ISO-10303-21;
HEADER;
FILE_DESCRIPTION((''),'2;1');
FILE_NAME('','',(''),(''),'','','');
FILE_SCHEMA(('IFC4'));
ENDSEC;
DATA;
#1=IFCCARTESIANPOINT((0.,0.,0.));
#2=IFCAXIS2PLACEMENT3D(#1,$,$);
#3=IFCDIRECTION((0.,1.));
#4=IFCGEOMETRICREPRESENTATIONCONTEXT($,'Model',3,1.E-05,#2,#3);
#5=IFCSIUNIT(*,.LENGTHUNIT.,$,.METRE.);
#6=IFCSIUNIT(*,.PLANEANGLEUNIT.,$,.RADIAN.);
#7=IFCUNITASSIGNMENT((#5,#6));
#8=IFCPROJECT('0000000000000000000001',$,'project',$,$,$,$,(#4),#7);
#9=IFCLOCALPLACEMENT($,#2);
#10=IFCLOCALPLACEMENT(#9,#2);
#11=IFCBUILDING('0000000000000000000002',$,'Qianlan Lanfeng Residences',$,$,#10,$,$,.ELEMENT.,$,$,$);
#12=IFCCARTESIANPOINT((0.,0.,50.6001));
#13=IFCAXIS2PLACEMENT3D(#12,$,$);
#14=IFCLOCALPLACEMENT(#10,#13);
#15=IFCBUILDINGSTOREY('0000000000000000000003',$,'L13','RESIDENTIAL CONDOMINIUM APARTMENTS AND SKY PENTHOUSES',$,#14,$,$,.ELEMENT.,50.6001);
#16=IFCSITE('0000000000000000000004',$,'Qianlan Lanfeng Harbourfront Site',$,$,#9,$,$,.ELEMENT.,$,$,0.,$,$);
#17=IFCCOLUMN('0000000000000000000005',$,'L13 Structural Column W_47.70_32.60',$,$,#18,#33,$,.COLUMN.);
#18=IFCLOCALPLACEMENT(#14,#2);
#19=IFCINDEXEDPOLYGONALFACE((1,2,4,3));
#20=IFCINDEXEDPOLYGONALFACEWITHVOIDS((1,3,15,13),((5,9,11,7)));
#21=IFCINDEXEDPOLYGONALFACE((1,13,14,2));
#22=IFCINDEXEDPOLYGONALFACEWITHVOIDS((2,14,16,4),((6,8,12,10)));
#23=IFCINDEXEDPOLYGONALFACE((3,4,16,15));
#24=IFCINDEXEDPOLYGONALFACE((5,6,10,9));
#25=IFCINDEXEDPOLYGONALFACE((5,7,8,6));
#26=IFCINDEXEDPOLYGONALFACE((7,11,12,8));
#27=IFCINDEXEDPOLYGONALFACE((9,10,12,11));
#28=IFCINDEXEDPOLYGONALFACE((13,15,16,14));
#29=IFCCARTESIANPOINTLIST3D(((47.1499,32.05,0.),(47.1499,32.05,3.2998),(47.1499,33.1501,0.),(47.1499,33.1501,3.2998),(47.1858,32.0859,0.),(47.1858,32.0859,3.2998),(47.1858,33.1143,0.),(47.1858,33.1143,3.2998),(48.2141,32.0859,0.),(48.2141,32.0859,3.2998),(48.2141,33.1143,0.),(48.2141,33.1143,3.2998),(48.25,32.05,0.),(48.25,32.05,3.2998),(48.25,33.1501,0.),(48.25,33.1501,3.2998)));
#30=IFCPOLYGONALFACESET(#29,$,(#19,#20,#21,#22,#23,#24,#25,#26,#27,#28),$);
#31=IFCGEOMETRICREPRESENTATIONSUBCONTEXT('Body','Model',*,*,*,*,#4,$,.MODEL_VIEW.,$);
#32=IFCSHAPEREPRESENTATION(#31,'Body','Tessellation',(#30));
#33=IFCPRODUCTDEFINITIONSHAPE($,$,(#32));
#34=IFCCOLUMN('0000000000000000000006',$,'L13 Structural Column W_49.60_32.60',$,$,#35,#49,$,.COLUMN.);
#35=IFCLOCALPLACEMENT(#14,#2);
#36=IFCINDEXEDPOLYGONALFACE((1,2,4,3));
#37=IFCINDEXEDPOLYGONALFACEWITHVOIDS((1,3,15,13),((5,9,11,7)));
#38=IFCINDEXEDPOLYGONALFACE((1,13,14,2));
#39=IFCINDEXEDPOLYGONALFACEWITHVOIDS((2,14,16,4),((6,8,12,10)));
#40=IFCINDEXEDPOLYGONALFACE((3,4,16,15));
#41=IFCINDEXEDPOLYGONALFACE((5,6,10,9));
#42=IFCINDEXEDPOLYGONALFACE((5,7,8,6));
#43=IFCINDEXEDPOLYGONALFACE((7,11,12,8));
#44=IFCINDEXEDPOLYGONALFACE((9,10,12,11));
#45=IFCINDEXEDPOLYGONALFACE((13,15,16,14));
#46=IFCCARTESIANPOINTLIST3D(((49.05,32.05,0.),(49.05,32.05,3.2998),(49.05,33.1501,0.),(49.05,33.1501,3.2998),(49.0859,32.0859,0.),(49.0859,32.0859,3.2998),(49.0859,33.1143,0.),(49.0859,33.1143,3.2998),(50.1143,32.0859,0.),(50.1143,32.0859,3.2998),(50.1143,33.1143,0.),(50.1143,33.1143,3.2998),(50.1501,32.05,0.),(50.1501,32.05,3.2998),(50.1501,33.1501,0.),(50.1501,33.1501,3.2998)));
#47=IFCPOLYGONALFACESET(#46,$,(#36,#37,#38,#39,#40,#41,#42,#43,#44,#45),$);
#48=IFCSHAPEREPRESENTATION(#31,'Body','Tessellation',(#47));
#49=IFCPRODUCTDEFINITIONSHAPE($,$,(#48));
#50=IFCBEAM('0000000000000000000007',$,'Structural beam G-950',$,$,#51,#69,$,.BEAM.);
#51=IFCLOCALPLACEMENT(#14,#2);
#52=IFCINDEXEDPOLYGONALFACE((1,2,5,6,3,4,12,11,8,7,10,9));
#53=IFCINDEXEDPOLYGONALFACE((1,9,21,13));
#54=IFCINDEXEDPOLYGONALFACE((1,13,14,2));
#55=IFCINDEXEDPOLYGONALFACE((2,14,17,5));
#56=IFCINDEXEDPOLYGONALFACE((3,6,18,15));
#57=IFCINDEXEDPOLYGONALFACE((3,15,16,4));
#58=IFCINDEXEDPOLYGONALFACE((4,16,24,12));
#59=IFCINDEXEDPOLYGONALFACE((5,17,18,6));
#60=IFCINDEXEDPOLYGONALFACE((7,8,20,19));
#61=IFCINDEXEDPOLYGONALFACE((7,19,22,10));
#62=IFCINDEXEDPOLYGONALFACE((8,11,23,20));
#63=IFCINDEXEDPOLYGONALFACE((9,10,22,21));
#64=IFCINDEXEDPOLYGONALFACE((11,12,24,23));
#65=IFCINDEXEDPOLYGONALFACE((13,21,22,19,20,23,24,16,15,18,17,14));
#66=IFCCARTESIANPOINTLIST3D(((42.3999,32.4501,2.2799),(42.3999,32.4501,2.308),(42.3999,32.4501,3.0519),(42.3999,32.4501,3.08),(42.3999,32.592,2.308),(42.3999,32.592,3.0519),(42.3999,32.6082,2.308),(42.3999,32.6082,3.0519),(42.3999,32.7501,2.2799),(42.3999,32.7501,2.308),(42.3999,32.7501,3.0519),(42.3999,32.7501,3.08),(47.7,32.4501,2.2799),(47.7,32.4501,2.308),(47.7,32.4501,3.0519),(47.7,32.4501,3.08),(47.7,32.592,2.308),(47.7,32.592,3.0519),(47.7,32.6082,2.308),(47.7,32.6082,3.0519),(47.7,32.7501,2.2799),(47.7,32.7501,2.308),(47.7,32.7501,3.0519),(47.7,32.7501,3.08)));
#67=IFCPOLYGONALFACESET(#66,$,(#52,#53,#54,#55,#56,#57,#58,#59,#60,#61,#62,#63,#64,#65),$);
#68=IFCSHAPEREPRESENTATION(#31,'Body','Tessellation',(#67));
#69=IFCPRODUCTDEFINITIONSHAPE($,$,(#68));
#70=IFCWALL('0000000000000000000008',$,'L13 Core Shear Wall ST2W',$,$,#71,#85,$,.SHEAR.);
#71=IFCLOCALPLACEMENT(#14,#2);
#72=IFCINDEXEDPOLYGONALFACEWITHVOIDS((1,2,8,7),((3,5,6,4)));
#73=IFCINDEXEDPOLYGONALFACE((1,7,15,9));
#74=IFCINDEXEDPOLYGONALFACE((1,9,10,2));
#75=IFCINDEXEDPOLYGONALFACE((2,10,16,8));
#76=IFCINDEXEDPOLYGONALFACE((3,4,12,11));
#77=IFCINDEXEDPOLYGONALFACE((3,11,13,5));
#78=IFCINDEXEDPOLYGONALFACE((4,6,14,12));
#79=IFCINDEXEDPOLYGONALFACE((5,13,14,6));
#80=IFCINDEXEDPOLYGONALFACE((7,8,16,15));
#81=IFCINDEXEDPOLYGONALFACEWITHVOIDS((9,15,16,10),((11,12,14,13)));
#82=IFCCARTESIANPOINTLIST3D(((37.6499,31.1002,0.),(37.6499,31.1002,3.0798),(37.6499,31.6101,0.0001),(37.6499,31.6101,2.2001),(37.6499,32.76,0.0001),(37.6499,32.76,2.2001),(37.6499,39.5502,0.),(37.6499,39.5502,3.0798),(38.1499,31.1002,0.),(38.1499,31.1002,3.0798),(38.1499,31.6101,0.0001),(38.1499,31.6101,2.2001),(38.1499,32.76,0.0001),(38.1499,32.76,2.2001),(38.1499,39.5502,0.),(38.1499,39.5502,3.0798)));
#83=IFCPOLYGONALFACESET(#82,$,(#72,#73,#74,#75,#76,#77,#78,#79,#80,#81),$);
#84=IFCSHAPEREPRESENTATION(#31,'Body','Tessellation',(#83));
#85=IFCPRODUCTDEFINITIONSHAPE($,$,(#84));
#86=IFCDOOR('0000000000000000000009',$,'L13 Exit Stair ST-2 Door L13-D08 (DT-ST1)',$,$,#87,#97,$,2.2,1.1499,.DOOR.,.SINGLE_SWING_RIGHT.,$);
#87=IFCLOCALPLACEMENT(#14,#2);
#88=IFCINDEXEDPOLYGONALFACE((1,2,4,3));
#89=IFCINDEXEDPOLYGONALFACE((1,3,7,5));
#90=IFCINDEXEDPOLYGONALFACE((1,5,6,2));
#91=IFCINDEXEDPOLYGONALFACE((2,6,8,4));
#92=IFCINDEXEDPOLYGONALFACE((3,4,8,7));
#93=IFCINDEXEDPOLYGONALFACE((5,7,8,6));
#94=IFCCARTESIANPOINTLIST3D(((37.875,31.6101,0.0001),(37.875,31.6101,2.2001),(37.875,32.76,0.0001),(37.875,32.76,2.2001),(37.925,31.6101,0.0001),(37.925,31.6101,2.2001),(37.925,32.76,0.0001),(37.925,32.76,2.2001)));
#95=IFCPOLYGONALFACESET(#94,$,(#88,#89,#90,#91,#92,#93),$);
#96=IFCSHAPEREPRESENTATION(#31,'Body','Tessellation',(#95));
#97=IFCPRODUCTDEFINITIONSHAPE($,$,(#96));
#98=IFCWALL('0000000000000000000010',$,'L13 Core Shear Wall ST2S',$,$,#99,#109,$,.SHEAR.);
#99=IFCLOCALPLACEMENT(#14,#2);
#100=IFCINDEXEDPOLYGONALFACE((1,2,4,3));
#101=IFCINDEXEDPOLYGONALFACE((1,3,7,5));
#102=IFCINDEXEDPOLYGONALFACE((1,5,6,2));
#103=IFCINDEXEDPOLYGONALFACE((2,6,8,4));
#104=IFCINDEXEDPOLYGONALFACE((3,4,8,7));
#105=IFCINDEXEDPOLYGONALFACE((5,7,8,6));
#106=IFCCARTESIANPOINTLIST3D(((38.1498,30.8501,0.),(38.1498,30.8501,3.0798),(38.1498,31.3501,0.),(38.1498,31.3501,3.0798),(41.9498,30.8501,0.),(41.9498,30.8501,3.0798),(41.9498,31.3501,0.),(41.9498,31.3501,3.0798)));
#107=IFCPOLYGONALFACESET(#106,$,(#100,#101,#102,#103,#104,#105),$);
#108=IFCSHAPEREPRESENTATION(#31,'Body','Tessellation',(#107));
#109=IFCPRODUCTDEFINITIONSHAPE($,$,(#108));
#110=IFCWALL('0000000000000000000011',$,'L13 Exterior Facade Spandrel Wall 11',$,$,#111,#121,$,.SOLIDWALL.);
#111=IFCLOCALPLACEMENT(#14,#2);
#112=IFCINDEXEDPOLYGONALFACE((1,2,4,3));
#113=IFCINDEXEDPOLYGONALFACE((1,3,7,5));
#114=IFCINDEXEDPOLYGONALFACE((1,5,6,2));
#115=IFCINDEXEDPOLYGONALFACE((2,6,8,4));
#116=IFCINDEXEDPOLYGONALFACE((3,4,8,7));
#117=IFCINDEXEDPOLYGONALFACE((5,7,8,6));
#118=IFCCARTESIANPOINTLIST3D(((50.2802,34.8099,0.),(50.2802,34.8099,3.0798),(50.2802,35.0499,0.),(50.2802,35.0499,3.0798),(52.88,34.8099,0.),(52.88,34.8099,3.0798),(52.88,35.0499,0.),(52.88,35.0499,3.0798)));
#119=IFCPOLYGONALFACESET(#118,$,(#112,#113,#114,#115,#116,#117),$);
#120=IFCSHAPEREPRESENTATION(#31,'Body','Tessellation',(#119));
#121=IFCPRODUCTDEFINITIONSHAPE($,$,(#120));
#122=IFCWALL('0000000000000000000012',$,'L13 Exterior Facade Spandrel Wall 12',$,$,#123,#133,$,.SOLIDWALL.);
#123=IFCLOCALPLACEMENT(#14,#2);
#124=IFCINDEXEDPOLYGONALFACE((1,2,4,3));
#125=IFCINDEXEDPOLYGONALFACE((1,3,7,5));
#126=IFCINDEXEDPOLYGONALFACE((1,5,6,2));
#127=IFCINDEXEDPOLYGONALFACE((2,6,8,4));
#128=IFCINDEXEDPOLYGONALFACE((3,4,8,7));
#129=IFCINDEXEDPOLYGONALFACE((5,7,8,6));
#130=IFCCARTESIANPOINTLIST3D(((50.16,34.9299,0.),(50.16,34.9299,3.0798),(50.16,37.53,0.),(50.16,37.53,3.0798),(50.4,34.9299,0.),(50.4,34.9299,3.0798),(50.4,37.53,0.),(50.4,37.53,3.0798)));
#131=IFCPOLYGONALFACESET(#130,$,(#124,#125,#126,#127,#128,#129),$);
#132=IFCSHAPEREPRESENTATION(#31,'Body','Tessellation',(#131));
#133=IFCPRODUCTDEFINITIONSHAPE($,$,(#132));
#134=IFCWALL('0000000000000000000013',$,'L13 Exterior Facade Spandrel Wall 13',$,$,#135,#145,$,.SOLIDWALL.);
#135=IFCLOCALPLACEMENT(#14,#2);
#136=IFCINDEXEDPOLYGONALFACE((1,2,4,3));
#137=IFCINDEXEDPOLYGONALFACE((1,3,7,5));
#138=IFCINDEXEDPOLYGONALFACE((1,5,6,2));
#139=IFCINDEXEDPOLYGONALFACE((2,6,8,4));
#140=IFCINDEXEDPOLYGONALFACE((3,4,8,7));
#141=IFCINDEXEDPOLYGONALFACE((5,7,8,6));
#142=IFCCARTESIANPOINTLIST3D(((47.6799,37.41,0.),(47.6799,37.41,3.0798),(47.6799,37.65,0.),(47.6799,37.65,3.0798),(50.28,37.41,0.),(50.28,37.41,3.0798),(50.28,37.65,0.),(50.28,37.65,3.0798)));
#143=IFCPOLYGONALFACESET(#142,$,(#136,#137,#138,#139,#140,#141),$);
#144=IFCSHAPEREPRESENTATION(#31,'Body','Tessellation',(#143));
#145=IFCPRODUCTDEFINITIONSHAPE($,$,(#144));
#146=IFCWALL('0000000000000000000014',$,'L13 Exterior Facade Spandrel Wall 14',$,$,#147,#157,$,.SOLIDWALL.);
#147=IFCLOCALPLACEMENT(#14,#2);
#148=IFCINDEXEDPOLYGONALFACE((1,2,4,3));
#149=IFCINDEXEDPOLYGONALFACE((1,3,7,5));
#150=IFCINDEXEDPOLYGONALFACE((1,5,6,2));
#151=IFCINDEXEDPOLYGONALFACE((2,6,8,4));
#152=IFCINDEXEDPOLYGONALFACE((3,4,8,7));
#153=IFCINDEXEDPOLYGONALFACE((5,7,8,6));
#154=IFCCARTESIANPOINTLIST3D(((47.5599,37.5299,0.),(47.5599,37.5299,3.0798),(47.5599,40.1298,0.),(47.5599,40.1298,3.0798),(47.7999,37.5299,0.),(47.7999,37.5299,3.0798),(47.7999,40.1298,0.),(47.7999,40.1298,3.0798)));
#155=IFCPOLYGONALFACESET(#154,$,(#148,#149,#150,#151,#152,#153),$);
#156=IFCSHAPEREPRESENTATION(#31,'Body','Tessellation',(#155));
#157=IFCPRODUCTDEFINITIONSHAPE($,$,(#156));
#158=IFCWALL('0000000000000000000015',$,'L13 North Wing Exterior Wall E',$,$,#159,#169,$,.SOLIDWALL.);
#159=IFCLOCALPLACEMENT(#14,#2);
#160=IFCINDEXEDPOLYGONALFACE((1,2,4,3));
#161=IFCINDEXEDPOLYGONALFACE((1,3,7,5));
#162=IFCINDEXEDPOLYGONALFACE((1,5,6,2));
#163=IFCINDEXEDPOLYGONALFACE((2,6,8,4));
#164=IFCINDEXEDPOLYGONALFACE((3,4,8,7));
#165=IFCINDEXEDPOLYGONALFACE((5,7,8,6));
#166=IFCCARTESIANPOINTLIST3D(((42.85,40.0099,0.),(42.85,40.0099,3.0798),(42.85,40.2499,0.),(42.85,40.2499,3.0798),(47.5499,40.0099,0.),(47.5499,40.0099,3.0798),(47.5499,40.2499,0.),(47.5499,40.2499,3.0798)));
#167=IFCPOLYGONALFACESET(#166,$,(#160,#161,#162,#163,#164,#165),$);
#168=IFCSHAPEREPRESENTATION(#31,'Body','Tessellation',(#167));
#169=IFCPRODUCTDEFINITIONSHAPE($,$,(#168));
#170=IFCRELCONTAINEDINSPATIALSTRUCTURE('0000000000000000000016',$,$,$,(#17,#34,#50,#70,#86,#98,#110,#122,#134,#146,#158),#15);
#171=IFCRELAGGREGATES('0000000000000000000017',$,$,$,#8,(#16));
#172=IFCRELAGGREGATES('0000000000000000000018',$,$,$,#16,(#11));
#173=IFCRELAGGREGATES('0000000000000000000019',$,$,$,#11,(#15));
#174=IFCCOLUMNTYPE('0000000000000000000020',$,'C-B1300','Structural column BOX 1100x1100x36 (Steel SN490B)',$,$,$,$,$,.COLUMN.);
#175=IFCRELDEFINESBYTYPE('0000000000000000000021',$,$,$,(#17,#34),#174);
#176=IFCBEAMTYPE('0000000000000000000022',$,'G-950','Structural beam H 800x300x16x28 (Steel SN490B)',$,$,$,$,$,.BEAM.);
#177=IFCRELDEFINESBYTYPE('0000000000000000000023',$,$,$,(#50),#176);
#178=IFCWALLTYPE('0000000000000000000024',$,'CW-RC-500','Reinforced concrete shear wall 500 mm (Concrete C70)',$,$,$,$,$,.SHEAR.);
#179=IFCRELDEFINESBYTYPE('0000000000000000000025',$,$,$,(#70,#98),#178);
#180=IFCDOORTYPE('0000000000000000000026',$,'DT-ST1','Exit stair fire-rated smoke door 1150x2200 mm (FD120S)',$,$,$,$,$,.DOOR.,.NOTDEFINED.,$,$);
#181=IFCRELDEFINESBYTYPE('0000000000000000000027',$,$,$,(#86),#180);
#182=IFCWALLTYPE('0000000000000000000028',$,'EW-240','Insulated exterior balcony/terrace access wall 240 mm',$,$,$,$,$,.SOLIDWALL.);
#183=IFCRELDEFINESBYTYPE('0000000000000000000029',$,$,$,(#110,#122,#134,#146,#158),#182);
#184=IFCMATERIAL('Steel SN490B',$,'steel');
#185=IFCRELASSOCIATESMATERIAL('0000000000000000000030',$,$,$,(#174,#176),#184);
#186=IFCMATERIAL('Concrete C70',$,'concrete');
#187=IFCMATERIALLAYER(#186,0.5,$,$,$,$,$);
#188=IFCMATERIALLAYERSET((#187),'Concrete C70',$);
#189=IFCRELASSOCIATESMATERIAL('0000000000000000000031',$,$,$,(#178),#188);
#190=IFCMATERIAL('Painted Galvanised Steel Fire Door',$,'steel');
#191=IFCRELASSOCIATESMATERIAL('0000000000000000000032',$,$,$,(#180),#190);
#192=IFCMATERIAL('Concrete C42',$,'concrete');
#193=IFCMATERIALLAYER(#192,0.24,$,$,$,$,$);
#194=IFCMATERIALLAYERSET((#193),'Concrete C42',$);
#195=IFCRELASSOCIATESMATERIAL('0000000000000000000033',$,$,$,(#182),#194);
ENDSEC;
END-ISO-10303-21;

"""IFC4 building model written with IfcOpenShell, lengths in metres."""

from ifc_helpers import new_model, si_unit, direction, frame, frame_2d, origin, origin_2d, place, context, subcontext, project, spatial, rectangle, hollow_rectangle, i_section, extrude, material, layer, layer_set, material_profile, profile_set, type_object, element, fill, save


model = new_model("IFC4")

# Units and contexts
model_context = context("Model", 3, precision=1e-05, world=origin(), true_north=direction((0.0, 1.0)))
body_context = subcontext(model_context, "Body", "Model", "MODEL_VIEW")
ifc_project = project(units=[si_unit("LENGTHUNIT", "METRE"), si_unit("PLANEANGLEUNIT", "RADIAN")], contexts=[model_context])

# Site, building, storey
site_placement = place(None, origin())
site = spatial("IfcSite", under=ifc_project, at=site_placement, Name="Qianlan Lanfeng Harbourfront Site", CompositionType="ELEMENT", RefElevation=0.0)
building_placement = place(site_placement, origin())
building = spatial("IfcBuilding", under=site, at=building_placement, Name="Qianlan Lanfeng Residences", CompositionType="ELEMENT")
storey_placement = place(building_placement, frame((0.0, 0.0, 50.6001)))
storey = spatial("IfcBuildingStorey", under=building, at=storey_placement, Name="L13", Description="RESIDENTIAL CONDOMINIUM APARTMENTS AND SKY PENTHOUSES", CompositionType="ELEMENT", Elevation=50.6001)

# Columns
ifc_material_1 = material(Name="Steel SN490B", Category="steel")
ifc_material_profile_1 = material_profile(ifc_material_1, hollow_rectangle(XDim=1.1001, YDim=1.1001, WallThickness=0.0359, at=origin_2d()), Name="BOX 1100x1100x36")
ifc_profile_set_1 = profile_set([ifc_material_profile_1], Name="Steel SN490B")
column_type = type_object("IfcColumnType", Name="C-B1300", Description="Structural column BOX 1100x1100x36 (Steel SN490B)", PredefinedType="COLUMN", material=ifc_profile_set_1)
for number, where, z_axis, x_axis, name in (
    (1, (47.7, 32.6001, 0.0), (0.0, 0.0, 1.0), (1.0, 0.0, 0.0), "L13 Structural Column W_47.70_32.60"),
    (2, (49.6001, 32.6001, 0.0), (0.0, 0.0, 1.0), (1.0, 0.0, 0.0), "L13 Structural Column W_49.60_32.60"),
):
    element("IfcColumn", number, at=place(storey_placement, frame(where, z_axis=z_axis, x_axis=x_axis)), inside=storey, type_object=column_type, Name=name, PredefinedType="COLUMN", context=body_context, shape_type="SweptSolid", body=[
        extrude(hollow_rectangle(XDim=1.1001, YDim=1.1001, WallThickness=0.0359, at=origin_2d()), origin(), (0.0, 0.0, 1.0), 3.2998),
    ])

# Beam
ifc_material_profile_2 = material_profile(ifc_material_1, i_section(OverallWidth=0.3, OverallDepth=0.8, WebThickness=0.0161, FlangeThickness=0.0281, at=origin_2d()), Name="H 800x300x16x28")
ifc_profile_set_2 = profile_set([ifc_material_profile_2], Name="Steel SN490B")
beam_type = type_object("IfcBeamType", Name="G-950", Description="Structural beam H 800x300x16x28 (Steel SN490B)", PredefinedType="BEAM", material=ifc_profile_set_2)
beam_placement = place(storey_placement, frame((42.3999, 32.6001, 2.6799), z_axis=(1.0, 0.0, 0.0), x_axis=(0.0, 1.0, 0.0)))
element("IfcBeam", 3, at=beam_placement, inside=storey, type_object=beam_type, Name="Structural beam G-950", PredefinedType="BEAM", context=body_context, shape_type="SweptSolid", body=[
    extrude(i_section(OverallWidth=0.3, OverallDepth=0.8, WebThickness=0.0161, FlangeThickness=0.0281, at=origin_2d()), origin(), (0.0, 0.0, 1.0), 5.3),
])

# Wall, opening, door
ifc_material_2 = material(Name="Concrete C70", Category="concrete")
ifc_layer_1 = layer(ifc_material_2, 0.5)
ifc_layer_set_1 = layer_set([ifc_layer_1], Name="Concrete C70")
wall_type_1 = type_object("IfcWallType", Name="CW-RC-500", Description="Reinforced concrete shear wall 500 mm (Concrete C70)", PredefinedType="SHEAR", material=ifc_layer_set_1)
wall_1_placement = place(storey_placement, frame((37.8999, 31.1001, 0.0), z_axis=(0.0, 0.0, 1.0), x_axis=(0.0, 1.0, 0.0)))
wall_1 = element("IfcWall", 4, at=wall_1_placement, inside=storey, type_object=wall_type_1, Name="L13 Core Shear Wall ST2W", PredefinedType="SHEAR", context=body_context, shape_type="SweptSolid", body=[
    extrude(rectangle(XDim=8.45, YDim=0.5, at=frame_2d((4.2251, 0.0))), origin(), (0.0, 0.0, 1.0), 3.0798),
])
opening_1_placement = place(wall_1_placement, frame((0.51, 0.0, 0.0)))
opening_1 = element("IfcOpeningElement", 5, at=opening_1_placement, cuts=wall_1, PredefinedType="OPENING", context=body_context, shape_type="SweptSolid", body=[
    extrude(rectangle(XDim=1.1499, YDim=2.2, at=frame_2d((0.575, 1.1001))), frame((0.0, 0.26, 0.0), z_axis=(0.0, -1.0, 0.0), x_axis=(1.0, 0.0, 0.0)), (0.0, 0.0, 1.0), 0.52),
])
ifc_material_3 = material(Name="Painted Galvanised Steel Fire Door", Category="steel")
door_type_1 = type_object("IfcDoorType", Name="DT-ST1", Description="Exit stair fire-rated smoke door 1150x2200 mm (FD120S)", OperationType="NOTDEFINED", PredefinedType="DOOR", material=ifc_material_3)
door_1_placement = place(opening_1_placement, origin())
door_1 = element("IfcDoor", 6, at=door_1_placement, inside=storey, type_object=door_type_1, Name="L13 Exit Stair ST-2 Door L13-D08 (DT-ST1)", OperationType="SINGLE_SWING_RIGHT", OverallHeight=2.2, OverallWidth=1.1499, PredefinedType="DOOR", context=body_context, shape_type="SweptSolid", body=[
    extrude(rectangle(XDim=1.1499, YDim=2.2, at=frame_2d((0.575, 1.1001))), frame((0.0, 0.0249, 0.0), z_axis=(0.0, -1.0, 0.0), x_axis=(1.0, 0.0, 0.0)), (0.0, 0.0, 1.0), 0.05),
])
fill(opening_1, door_1)

# Walls
wall_2_placement = place(storey_placement, frame((38.1499, 31.1001, 0.0), z_axis=(0.0, 0.0, 1.0), x_axis=(1.0, 0.0, 0.0)))
element("IfcWall", 7, at=wall_2_placement, inside=storey, type_object=wall_type_1, Name="L13 Core Shear Wall ST2S", PredefinedType="SHEAR", context=body_context, shape_type="SweptSolid", body=[
    extrude(rectangle(XDim=3.8, YDim=0.5, at=frame_2d((1.8999, 0.0))), origin(), (0.0, 0.0, 1.0), 3.0798),
])
ifc_material_4 = material(Name="Concrete C42", Category="concrete")
ifc_layer_2 = layer(ifc_material_4, 0.24)
ifc_layer_set_2 = layer_set([ifc_layer_2], Name="Concrete C42")
wall_type_2 = type_object("IfcWallType", Name="EW-240", Description="Insulated exterior balcony/terrace access wall 240 mm", PredefinedType="SOLIDWALL", material=ifc_layer_set_2)
wall_3_placement = place(storey_placement, frame((52.8799, 34.9299, 0.0), z_axis=(0.0, 0.0, 1.0), x_axis=(-1.0, 0.0, 0.0)))
element("IfcWall", 8, at=wall_3_placement, inside=storey, type_object=wall_type_2, Name="L13 Exterior Facade Spandrel Wall 11", PredefinedType="SOLIDWALL", context=body_context, shape_type="SweptSolid", body=[
    extrude(rectangle(XDim=2.5999, YDim=0.24, at=frame_2d((1.2998, 0.0))), origin(), (0.0, 0.0, 1.0), 3.0798),
])
for number, where, z_axis, x_axis, name in (
    (9, (50.28, 34.9299, 0.0), (0.0, 0.0, 1.0), (0.0, 1.0, 0.0), "L13 Exterior Facade Spandrel Wall 12"),
    (10, (50.28, 37.53, 0.0), (0.0, 0.0, 1.0), (-1.0, 0.0, 0.0), "L13 Exterior Facade Spandrel Wall 13"),
):
    element("IfcWall", number, at=place(storey_placement, frame(where, z_axis=z_axis, x_axis=x_axis)), inside=storey, type_object=wall_type_2, Name=name, PredefinedType="SOLIDWALL", context=body_context, shape_type="SweptSolid", body=[
        extrude(rectangle(XDim=2.6001, YDim=0.24, at=frame_2d((1.3, 0.0))), origin(), (0.0, 0.0, 1.0), 3.0798),
    ])
wall_4_placement = place(storey_placement, frame((47.6799, 37.53, 0.0), z_axis=(0.0, 0.0, 1.0), x_axis=(0.0, 1.0, 0.0)))
element("IfcWall", 11, at=wall_4_placement, inside=storey, type_object=wall_type_2, Name="L13 Exterior Facade Spandrel Wall 14", PredefinedType="SOLIDWALL", context=body_context, shape_type="SweptSolid", body=[
    extrude(rectangle(XDim=2.5999, YDim=0.24, at=frame_2d((1.2998, 0.0))), origin(), (0.0, 0.0, 1.0), 3.0798),
])
wall_5_placement = place(storey_placement, frame((47.55, 40.1299, 0.0), z_axis=(0.0, 0.0, 1.0), x_axis=(-1.0, 0.0, 0.0)))
element("IfcWall", 12, at=wall_5_placement, inside=storey, type_object=wall_type_2, Name="L13 North Wing Exterior Wall E", PredefinedType="SOLIDWALL", context=body_context, shape_type="SweptSolid", body=[
    extrude(rectangle(XDim=4.7, YDim=0.24, at=frame_2d((2.3501, 0.0))), origin(), (0.0, 0.0, 1.0), 3.0798),
])

save(model, "model.ifc")
